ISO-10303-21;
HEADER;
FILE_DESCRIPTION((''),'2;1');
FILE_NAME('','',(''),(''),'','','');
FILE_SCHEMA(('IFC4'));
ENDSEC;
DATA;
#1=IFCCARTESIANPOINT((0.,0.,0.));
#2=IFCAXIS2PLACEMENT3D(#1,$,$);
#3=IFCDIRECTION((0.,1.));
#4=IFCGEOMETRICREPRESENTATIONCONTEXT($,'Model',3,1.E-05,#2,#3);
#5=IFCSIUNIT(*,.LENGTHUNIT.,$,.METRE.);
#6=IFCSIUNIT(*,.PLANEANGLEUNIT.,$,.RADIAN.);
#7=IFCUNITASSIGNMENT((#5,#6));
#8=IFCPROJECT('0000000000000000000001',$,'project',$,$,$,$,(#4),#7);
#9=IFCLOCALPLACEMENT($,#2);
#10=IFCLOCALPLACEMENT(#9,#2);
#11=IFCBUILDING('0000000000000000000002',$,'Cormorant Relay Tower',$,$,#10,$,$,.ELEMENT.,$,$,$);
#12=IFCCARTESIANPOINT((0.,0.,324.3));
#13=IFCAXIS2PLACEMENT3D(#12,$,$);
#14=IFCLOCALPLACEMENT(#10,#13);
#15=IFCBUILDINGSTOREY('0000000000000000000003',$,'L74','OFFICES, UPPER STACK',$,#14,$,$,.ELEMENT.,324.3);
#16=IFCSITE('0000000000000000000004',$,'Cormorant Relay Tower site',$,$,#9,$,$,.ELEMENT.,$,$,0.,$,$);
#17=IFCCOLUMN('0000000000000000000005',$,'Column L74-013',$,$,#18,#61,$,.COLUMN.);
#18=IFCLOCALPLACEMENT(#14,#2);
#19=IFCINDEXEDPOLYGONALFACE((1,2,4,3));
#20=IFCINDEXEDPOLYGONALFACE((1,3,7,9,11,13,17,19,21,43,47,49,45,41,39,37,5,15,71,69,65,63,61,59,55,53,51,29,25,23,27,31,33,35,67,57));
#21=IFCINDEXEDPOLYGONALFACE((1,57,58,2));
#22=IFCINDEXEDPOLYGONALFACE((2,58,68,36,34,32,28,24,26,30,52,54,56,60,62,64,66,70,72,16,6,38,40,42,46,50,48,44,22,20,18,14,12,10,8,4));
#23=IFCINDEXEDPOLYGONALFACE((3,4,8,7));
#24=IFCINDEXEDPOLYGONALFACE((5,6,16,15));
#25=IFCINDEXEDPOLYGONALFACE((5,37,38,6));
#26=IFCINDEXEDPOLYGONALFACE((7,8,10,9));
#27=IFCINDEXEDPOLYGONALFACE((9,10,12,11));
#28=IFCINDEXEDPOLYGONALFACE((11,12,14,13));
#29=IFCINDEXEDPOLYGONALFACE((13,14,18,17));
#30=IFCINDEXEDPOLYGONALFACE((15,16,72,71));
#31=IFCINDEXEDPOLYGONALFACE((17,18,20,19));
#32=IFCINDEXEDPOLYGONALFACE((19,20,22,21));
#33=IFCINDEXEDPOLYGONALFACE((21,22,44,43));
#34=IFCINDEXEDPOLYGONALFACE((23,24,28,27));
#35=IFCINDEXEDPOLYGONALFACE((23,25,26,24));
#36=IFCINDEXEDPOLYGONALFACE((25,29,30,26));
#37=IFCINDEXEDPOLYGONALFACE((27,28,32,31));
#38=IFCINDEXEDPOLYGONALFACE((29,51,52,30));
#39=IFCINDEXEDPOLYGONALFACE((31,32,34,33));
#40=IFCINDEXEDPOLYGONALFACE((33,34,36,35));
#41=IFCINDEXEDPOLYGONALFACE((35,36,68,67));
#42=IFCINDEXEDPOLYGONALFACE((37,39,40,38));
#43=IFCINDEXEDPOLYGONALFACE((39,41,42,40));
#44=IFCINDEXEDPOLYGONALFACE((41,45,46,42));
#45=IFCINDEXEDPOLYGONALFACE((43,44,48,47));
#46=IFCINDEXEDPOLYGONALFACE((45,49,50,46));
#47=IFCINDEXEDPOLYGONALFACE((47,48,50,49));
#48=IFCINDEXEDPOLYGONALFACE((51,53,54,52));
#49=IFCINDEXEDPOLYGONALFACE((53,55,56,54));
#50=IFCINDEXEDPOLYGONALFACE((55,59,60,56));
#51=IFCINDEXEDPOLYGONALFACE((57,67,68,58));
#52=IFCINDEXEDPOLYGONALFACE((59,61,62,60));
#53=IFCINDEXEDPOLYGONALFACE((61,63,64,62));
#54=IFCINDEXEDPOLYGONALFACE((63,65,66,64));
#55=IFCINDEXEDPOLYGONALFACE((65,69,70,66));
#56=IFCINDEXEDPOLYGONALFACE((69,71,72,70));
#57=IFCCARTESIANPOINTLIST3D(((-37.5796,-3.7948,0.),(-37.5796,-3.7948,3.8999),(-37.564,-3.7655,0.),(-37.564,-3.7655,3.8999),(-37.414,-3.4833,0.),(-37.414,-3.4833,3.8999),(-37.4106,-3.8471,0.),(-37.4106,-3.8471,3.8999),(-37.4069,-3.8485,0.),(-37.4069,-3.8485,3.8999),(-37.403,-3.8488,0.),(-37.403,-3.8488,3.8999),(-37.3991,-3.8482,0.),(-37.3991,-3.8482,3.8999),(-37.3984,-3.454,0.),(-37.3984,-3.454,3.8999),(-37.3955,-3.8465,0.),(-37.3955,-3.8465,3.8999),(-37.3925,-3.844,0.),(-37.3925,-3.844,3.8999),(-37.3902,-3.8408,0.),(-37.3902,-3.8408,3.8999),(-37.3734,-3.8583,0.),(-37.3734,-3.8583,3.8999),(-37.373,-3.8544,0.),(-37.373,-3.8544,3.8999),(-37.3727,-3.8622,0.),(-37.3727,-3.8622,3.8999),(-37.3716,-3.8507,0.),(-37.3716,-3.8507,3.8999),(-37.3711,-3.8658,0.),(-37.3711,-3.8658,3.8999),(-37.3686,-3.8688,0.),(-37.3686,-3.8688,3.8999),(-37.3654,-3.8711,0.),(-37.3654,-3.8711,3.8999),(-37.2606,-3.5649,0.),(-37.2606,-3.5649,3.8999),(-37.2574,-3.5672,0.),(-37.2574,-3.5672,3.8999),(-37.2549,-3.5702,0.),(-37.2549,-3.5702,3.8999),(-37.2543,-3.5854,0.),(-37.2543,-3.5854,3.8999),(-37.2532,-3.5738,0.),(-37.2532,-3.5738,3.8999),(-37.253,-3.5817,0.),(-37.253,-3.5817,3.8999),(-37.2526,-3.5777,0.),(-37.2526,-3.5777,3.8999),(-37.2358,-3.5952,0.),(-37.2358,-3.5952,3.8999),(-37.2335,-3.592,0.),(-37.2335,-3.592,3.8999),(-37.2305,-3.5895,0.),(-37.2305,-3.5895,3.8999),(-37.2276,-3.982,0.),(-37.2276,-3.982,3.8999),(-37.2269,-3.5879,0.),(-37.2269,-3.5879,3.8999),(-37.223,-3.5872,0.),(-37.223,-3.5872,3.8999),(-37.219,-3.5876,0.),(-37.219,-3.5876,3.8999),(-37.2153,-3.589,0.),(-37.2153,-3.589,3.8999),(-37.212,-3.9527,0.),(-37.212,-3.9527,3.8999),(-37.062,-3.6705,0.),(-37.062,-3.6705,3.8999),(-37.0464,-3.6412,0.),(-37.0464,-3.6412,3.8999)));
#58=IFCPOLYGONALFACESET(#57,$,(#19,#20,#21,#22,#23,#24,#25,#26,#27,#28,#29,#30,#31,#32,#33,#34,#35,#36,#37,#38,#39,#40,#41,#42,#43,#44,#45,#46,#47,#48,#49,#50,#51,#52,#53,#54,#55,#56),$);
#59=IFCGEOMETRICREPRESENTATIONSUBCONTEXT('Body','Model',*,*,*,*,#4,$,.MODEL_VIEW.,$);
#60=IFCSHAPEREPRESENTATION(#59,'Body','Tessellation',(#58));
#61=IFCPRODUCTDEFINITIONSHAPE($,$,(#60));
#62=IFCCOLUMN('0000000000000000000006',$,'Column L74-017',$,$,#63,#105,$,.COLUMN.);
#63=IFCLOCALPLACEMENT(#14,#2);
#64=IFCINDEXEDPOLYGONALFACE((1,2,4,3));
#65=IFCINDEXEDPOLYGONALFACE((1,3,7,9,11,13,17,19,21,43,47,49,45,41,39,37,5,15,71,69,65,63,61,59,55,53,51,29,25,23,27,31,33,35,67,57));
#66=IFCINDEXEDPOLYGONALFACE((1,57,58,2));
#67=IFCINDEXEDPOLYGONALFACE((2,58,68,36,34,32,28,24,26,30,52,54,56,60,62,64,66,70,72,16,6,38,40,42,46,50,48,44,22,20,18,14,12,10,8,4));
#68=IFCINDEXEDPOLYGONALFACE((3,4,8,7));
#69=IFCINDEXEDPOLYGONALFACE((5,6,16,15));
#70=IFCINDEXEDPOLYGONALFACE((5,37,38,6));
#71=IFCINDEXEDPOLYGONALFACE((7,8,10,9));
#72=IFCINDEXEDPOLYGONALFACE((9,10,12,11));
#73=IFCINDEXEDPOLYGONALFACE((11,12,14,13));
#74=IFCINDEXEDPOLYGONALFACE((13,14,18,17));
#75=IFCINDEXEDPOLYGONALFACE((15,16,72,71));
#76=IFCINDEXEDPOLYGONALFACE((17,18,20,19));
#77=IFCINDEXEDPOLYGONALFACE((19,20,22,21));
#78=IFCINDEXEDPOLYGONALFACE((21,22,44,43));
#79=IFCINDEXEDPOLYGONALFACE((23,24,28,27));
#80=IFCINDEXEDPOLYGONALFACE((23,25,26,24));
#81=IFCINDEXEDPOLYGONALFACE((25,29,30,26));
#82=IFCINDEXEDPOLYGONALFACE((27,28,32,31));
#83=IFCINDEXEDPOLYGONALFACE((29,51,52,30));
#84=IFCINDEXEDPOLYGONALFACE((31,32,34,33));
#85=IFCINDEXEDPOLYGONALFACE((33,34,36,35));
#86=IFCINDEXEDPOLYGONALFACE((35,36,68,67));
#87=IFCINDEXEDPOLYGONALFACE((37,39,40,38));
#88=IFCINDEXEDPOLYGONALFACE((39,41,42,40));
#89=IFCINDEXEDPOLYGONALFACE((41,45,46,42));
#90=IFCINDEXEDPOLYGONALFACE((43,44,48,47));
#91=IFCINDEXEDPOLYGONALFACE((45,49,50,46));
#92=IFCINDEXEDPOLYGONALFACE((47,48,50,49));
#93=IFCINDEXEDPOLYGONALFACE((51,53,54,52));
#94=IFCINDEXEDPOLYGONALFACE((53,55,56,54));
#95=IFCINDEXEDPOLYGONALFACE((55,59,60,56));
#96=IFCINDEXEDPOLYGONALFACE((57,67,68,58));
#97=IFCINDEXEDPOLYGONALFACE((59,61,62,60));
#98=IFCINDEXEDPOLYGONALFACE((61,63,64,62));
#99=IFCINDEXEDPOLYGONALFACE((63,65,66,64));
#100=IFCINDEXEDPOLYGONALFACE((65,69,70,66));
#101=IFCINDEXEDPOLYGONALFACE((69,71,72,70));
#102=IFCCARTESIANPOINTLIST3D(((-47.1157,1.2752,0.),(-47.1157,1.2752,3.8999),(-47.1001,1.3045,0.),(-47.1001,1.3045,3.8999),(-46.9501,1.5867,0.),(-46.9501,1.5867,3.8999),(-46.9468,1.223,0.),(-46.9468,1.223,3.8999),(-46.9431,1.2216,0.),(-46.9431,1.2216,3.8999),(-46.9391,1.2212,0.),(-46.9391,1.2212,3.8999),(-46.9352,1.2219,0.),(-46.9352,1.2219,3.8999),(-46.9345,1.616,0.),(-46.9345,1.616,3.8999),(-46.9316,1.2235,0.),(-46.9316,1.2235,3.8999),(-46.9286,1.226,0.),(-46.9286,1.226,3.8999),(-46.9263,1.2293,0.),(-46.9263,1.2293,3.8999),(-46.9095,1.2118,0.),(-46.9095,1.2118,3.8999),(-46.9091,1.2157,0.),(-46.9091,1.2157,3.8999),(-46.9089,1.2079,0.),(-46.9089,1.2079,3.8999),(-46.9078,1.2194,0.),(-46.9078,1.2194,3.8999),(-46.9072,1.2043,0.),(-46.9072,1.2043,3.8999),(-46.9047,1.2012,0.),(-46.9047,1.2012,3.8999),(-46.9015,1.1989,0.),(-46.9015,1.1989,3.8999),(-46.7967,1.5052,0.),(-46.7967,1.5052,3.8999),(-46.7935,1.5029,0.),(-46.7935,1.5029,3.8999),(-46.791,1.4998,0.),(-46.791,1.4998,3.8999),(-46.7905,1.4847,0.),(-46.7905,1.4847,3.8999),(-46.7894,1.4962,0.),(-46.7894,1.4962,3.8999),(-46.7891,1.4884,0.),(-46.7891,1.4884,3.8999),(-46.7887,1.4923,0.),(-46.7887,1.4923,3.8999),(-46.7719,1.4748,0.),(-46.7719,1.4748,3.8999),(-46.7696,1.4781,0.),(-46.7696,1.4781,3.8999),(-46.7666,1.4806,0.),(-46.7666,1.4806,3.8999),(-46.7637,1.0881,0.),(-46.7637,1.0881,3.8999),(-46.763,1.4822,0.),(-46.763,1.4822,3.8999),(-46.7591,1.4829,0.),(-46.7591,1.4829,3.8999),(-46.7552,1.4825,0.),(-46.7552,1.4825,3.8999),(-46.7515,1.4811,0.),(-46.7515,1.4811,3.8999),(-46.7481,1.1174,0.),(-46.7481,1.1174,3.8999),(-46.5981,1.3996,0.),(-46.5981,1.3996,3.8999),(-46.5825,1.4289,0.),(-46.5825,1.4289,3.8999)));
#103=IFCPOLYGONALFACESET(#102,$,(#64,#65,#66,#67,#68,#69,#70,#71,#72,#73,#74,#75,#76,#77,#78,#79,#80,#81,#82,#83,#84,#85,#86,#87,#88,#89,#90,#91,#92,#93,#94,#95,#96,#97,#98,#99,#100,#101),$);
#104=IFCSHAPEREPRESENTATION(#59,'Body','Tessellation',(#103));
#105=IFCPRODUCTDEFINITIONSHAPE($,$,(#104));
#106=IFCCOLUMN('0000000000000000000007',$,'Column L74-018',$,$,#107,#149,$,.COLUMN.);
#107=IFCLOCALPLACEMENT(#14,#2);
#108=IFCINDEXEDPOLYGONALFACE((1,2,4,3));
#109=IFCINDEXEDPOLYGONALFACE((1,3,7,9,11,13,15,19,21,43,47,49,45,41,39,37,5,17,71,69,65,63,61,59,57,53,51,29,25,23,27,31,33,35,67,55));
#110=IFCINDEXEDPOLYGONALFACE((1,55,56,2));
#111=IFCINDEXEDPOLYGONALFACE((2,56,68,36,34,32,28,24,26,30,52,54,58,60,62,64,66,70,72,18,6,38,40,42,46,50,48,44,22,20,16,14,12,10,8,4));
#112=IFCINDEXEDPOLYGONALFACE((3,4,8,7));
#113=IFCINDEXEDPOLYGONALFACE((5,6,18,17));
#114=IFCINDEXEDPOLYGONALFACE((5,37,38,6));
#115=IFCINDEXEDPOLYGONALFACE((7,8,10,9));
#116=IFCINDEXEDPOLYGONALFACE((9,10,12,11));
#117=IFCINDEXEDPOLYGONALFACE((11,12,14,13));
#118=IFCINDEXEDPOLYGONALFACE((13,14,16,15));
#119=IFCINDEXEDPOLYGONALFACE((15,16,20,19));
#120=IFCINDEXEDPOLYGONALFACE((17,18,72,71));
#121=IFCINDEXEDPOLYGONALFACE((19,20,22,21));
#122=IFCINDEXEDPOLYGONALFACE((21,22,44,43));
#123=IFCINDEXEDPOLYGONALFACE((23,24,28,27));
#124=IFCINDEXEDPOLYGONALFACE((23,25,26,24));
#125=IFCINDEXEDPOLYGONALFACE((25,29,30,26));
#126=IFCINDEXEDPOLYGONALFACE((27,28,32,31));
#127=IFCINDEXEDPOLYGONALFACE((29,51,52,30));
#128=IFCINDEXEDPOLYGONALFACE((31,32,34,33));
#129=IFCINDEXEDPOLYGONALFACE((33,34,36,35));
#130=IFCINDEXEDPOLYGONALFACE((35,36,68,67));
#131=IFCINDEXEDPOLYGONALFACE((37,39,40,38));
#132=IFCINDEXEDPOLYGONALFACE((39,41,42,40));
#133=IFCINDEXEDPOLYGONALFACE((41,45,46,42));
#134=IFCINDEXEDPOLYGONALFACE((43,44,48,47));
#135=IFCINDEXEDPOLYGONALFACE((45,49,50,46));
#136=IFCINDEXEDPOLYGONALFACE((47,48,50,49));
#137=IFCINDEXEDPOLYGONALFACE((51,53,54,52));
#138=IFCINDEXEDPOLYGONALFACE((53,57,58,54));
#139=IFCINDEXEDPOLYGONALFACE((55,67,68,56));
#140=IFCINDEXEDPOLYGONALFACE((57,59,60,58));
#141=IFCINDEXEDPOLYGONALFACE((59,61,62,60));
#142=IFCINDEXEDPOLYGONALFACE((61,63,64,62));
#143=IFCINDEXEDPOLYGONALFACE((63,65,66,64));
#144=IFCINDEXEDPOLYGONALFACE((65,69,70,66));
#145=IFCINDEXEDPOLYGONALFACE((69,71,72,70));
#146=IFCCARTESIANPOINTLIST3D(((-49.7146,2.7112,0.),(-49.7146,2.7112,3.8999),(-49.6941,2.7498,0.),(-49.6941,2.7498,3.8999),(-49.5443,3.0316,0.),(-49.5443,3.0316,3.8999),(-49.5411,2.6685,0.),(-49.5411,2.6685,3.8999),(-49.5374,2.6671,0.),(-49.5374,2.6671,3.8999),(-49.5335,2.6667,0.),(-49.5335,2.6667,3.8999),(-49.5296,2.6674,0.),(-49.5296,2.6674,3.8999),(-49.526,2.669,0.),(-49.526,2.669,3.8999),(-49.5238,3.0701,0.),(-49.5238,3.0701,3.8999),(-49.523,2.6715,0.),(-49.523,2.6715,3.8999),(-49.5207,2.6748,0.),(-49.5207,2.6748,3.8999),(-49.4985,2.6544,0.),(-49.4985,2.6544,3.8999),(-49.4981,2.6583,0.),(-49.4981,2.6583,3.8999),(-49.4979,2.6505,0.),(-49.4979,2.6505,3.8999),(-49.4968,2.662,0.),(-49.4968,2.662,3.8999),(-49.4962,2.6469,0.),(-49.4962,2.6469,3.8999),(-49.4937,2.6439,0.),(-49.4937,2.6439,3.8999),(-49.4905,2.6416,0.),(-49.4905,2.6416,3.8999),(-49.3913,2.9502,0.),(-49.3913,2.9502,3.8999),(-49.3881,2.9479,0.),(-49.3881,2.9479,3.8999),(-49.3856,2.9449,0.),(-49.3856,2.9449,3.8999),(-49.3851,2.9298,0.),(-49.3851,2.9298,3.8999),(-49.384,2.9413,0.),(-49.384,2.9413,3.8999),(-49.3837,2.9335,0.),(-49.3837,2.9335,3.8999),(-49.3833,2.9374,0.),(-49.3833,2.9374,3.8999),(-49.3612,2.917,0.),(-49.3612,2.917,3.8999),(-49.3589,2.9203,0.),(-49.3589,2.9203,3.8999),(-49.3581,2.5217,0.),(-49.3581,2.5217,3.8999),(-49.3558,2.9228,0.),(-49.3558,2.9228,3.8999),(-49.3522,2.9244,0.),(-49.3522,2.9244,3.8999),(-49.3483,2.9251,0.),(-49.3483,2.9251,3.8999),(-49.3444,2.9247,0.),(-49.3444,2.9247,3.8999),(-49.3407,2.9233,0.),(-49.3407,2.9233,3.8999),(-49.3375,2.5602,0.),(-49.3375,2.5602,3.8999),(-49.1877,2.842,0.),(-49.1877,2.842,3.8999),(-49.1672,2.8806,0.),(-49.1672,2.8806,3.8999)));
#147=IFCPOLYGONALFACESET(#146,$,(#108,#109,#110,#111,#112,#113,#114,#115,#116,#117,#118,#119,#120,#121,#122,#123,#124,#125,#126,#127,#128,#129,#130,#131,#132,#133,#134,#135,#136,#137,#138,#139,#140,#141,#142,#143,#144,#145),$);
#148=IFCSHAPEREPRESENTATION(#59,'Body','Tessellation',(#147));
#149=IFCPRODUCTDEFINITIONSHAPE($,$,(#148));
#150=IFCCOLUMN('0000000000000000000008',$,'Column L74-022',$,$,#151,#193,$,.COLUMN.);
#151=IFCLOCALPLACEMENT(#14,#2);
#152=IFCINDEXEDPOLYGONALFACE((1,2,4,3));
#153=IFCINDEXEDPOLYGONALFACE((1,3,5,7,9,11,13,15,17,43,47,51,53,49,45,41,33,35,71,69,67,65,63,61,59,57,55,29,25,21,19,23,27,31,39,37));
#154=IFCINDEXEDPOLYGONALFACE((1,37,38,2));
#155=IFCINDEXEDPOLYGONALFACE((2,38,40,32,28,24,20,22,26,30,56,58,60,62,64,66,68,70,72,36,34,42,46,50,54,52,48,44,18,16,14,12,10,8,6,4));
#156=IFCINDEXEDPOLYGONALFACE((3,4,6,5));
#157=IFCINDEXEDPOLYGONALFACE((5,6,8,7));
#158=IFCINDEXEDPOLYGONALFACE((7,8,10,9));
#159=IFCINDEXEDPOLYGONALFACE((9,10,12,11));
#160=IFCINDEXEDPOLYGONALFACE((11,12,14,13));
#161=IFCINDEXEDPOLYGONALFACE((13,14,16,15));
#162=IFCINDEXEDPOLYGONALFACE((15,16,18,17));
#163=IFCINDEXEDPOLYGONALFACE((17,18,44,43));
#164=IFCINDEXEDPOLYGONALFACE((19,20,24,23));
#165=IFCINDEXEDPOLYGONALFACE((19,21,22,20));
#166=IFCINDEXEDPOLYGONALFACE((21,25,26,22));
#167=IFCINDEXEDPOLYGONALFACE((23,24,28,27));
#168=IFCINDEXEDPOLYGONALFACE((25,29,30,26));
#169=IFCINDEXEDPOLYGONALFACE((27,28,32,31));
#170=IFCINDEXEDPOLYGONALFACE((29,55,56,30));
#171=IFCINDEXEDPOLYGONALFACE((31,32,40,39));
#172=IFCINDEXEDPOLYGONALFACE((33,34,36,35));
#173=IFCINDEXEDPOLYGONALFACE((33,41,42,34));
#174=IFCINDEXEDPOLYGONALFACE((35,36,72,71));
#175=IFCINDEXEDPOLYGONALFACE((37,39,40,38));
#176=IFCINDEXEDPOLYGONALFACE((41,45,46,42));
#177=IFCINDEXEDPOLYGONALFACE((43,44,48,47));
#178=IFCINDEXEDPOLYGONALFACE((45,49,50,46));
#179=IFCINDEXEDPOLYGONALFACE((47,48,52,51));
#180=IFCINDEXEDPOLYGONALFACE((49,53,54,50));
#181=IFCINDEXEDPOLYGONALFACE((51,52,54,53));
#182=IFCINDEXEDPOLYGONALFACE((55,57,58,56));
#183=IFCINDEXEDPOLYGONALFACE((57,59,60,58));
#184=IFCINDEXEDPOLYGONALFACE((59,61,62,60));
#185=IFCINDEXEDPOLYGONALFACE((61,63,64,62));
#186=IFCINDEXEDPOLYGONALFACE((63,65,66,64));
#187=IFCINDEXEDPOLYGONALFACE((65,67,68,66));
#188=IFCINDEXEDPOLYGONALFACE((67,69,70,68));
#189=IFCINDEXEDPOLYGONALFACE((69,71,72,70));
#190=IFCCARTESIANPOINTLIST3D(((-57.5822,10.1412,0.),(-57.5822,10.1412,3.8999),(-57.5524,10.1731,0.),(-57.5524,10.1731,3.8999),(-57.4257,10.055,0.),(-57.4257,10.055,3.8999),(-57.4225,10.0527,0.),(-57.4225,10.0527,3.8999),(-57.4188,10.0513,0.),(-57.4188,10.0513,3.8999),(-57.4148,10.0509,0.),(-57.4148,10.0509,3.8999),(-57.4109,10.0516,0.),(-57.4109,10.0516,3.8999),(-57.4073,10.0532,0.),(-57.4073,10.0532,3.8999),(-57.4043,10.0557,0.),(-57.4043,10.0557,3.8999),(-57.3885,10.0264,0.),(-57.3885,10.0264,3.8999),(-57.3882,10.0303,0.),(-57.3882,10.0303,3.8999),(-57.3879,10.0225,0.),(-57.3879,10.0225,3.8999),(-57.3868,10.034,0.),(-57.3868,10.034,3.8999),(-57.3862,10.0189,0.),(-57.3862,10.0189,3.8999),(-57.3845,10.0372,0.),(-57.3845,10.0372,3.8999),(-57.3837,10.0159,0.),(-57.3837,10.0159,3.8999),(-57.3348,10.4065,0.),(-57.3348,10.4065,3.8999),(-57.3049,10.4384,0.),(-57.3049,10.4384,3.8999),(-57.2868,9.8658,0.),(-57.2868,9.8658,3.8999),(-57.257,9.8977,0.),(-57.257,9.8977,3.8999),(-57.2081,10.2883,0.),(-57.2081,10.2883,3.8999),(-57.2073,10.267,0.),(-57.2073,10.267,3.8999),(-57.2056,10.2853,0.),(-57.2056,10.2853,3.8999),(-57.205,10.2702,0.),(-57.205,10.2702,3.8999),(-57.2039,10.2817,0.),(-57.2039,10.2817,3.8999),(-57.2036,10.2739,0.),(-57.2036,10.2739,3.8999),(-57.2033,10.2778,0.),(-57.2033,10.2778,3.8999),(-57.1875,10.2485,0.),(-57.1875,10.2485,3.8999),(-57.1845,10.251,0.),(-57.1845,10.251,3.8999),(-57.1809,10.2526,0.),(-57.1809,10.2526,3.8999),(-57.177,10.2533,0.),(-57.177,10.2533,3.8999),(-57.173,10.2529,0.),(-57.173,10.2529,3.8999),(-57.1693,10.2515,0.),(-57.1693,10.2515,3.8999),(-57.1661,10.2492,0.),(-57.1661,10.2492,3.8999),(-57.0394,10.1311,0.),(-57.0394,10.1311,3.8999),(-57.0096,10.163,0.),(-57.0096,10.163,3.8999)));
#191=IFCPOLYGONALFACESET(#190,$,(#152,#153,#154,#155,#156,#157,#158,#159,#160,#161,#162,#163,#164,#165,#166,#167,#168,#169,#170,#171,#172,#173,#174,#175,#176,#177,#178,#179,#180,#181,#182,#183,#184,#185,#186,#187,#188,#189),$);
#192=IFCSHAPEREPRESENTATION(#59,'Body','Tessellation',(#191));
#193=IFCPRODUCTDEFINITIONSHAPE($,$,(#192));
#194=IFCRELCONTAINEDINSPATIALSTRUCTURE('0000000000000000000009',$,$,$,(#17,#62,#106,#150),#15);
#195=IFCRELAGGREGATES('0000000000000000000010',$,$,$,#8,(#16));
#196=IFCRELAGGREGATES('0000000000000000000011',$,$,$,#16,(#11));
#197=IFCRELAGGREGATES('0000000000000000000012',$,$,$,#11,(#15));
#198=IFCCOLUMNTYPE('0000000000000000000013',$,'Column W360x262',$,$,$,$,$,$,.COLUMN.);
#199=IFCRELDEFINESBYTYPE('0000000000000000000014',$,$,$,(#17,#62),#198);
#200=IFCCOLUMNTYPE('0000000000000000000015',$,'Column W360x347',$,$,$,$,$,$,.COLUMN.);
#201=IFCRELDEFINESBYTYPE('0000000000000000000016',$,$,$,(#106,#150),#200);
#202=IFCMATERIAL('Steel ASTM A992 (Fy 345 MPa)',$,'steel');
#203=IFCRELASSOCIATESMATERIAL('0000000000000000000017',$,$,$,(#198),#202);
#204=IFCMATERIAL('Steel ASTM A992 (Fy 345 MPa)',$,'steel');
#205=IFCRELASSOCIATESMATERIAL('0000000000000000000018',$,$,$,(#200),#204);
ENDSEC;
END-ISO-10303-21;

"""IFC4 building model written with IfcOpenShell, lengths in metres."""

from ifc_helpers import new_model, si_unit, direction, frame, origin, origin_2d, place, context, subcontext, project, spatial, i_section, extrude, material, material_profile, profile_set, type_object, element, save


model = new_model("IFC4")

# Units and contexts
model_context = context("Model", 3, precision=1e-05, world=origin(), true_north=direction((0.0, 1.0)))
body_context = subcontext(model_context, "Body", "Model", "MODEL_VIEW")
ifc_project = project(units=[si_unit("LENGTHUNIT", "METRE"), si_unit("PLANEANGLEUNIT", "RADIAN")], contexts=[model_context])

# Site, building, storey
site_placement = place(None, origin())
site = spatial("IfcSite", under=ifc_project, at=site_placement, Name="Cormorant Relay Tower site", CompositionType="ELEMENT", RefElevation=0.0)
building_placement = place(site_placement, origin())
building = spatial("IfcBuilding", under=site, at=building_placement, Name="Cormorant Relay Tower", CompositionType="ELEMENT")
storey_placement = place(building_placement, frame((0.0, 0.0, 324.3)))
storey = spatial("IfcBuildingStorey", under=building, at=storey_placement, Name="L74", Description="OFFICES, UPPER STACK", CompositionType="ELEMENT", Elevation=324.3)

# Columns
ifc_material_1 = material(Name="Steel ASTM A992 (Fy 345 MPa)", Category="steel")
ifc_material_profile_1 = material_profile(ifc_material_1, i_section(OverallWidth=0.3987, OverallDepth=0.386, WebThickness=0.021, FlangeThickness=0.0332, FilletRadius=0.0151, at=origin_2d()), Name="W360x262")
ifc_profile_set_1 = profile_set([ifc_material_profile_1], Name="Steel ASTM A992 (Fy 345 MPa)")
column_type_1 = type_object("IfcColumnType", Name="Column W360x262", PredefinedType="COLUMN", material=ifc_profile_set_1)
for number, where, z_axis, x_axis, name in (
    (1, (-37.313, -3.718, 0.0), (0.0, 0.0, 1.0), (0.882948, -0.469472, 0.0), "Column L74-013"),
    (2, (-46.8491, 1.3521, 0.0), (0.0, 0.0, 1.0), (0.882948, -0.469472, 0.0), "Column L74-017"),
):
    element("IfcColumn", number, at=place(storey_placement, frame(where, z_axis=z_axis, x_axis=x_axis)), inside=storey, type_object=column_type_1, Name=name, PredefinedType="COLUMN", context=body_context, shape_type="SweptSolid", body=[
        extrude(i_section(OverallWidth=0.3987, OverallDepth=0.386, WebThickness=0.021, FlangeThickness=0.0332, FilletRadius=0.0151, at=origin_2d()), origin(), (0.0, 0.0, 1.0), 3.8999),
    ])
ifc_material_2 = material(Name="Steel ASTM A992 (Fy 345 MPa)", Category="steel")
ifc_material_profile_2 = material_profile(ifc_material_2, i_section(OverallWidth=0.4038, OverallDepth=0.4065, WebThickness=0.0271, FlangeThickness=0.0437, FilletRadius=0.0151, at=origin_2d()), Name="W360x347")
ifc_profile_set_2 = profile_set([ifc_material_profile_2], Name="Steel ASTM A992 (Fy 345 MPa)")
column_type_2 = type_object("IfcColumnType", Name="Column W360x347", PredefinedType="COLUMN", material=ifc_profile_set_2)
for number, where, z_axis, x_axis, name in (
    (3, (-49.4409, 2.7959, 0.0), (0.0, 0.0, 1.0), (0.882948, -0.469472, 0.0), "Column L74-018"),
    (4, (-57.2959, 10.1521, 0.0), (0.0, 0.0, 1.0), (0.731354, -0.681998, 0.0), "Column L74-022"),
):
    element("IfcColumn", number, at=place(storey_placement, frame(where, z_axis=z_axis, x_axis=x_axis)), inside=storey, type_object=column_type_2, Name=name, PredefinedType="COLUMN", context=body_context, shape_type="SweptSolid", body=[
        extrude(i_section(OverallWidth=0.4038, OverallDepth=0.4065, WebThickness=0.0271, FlangeThickness=0.0437, FilletRadius=0.0151, at=origin_2d()), origin(), (0.0, 0.0, 1.0), 3.8999),
    ])

save(model, "model.ifc")
